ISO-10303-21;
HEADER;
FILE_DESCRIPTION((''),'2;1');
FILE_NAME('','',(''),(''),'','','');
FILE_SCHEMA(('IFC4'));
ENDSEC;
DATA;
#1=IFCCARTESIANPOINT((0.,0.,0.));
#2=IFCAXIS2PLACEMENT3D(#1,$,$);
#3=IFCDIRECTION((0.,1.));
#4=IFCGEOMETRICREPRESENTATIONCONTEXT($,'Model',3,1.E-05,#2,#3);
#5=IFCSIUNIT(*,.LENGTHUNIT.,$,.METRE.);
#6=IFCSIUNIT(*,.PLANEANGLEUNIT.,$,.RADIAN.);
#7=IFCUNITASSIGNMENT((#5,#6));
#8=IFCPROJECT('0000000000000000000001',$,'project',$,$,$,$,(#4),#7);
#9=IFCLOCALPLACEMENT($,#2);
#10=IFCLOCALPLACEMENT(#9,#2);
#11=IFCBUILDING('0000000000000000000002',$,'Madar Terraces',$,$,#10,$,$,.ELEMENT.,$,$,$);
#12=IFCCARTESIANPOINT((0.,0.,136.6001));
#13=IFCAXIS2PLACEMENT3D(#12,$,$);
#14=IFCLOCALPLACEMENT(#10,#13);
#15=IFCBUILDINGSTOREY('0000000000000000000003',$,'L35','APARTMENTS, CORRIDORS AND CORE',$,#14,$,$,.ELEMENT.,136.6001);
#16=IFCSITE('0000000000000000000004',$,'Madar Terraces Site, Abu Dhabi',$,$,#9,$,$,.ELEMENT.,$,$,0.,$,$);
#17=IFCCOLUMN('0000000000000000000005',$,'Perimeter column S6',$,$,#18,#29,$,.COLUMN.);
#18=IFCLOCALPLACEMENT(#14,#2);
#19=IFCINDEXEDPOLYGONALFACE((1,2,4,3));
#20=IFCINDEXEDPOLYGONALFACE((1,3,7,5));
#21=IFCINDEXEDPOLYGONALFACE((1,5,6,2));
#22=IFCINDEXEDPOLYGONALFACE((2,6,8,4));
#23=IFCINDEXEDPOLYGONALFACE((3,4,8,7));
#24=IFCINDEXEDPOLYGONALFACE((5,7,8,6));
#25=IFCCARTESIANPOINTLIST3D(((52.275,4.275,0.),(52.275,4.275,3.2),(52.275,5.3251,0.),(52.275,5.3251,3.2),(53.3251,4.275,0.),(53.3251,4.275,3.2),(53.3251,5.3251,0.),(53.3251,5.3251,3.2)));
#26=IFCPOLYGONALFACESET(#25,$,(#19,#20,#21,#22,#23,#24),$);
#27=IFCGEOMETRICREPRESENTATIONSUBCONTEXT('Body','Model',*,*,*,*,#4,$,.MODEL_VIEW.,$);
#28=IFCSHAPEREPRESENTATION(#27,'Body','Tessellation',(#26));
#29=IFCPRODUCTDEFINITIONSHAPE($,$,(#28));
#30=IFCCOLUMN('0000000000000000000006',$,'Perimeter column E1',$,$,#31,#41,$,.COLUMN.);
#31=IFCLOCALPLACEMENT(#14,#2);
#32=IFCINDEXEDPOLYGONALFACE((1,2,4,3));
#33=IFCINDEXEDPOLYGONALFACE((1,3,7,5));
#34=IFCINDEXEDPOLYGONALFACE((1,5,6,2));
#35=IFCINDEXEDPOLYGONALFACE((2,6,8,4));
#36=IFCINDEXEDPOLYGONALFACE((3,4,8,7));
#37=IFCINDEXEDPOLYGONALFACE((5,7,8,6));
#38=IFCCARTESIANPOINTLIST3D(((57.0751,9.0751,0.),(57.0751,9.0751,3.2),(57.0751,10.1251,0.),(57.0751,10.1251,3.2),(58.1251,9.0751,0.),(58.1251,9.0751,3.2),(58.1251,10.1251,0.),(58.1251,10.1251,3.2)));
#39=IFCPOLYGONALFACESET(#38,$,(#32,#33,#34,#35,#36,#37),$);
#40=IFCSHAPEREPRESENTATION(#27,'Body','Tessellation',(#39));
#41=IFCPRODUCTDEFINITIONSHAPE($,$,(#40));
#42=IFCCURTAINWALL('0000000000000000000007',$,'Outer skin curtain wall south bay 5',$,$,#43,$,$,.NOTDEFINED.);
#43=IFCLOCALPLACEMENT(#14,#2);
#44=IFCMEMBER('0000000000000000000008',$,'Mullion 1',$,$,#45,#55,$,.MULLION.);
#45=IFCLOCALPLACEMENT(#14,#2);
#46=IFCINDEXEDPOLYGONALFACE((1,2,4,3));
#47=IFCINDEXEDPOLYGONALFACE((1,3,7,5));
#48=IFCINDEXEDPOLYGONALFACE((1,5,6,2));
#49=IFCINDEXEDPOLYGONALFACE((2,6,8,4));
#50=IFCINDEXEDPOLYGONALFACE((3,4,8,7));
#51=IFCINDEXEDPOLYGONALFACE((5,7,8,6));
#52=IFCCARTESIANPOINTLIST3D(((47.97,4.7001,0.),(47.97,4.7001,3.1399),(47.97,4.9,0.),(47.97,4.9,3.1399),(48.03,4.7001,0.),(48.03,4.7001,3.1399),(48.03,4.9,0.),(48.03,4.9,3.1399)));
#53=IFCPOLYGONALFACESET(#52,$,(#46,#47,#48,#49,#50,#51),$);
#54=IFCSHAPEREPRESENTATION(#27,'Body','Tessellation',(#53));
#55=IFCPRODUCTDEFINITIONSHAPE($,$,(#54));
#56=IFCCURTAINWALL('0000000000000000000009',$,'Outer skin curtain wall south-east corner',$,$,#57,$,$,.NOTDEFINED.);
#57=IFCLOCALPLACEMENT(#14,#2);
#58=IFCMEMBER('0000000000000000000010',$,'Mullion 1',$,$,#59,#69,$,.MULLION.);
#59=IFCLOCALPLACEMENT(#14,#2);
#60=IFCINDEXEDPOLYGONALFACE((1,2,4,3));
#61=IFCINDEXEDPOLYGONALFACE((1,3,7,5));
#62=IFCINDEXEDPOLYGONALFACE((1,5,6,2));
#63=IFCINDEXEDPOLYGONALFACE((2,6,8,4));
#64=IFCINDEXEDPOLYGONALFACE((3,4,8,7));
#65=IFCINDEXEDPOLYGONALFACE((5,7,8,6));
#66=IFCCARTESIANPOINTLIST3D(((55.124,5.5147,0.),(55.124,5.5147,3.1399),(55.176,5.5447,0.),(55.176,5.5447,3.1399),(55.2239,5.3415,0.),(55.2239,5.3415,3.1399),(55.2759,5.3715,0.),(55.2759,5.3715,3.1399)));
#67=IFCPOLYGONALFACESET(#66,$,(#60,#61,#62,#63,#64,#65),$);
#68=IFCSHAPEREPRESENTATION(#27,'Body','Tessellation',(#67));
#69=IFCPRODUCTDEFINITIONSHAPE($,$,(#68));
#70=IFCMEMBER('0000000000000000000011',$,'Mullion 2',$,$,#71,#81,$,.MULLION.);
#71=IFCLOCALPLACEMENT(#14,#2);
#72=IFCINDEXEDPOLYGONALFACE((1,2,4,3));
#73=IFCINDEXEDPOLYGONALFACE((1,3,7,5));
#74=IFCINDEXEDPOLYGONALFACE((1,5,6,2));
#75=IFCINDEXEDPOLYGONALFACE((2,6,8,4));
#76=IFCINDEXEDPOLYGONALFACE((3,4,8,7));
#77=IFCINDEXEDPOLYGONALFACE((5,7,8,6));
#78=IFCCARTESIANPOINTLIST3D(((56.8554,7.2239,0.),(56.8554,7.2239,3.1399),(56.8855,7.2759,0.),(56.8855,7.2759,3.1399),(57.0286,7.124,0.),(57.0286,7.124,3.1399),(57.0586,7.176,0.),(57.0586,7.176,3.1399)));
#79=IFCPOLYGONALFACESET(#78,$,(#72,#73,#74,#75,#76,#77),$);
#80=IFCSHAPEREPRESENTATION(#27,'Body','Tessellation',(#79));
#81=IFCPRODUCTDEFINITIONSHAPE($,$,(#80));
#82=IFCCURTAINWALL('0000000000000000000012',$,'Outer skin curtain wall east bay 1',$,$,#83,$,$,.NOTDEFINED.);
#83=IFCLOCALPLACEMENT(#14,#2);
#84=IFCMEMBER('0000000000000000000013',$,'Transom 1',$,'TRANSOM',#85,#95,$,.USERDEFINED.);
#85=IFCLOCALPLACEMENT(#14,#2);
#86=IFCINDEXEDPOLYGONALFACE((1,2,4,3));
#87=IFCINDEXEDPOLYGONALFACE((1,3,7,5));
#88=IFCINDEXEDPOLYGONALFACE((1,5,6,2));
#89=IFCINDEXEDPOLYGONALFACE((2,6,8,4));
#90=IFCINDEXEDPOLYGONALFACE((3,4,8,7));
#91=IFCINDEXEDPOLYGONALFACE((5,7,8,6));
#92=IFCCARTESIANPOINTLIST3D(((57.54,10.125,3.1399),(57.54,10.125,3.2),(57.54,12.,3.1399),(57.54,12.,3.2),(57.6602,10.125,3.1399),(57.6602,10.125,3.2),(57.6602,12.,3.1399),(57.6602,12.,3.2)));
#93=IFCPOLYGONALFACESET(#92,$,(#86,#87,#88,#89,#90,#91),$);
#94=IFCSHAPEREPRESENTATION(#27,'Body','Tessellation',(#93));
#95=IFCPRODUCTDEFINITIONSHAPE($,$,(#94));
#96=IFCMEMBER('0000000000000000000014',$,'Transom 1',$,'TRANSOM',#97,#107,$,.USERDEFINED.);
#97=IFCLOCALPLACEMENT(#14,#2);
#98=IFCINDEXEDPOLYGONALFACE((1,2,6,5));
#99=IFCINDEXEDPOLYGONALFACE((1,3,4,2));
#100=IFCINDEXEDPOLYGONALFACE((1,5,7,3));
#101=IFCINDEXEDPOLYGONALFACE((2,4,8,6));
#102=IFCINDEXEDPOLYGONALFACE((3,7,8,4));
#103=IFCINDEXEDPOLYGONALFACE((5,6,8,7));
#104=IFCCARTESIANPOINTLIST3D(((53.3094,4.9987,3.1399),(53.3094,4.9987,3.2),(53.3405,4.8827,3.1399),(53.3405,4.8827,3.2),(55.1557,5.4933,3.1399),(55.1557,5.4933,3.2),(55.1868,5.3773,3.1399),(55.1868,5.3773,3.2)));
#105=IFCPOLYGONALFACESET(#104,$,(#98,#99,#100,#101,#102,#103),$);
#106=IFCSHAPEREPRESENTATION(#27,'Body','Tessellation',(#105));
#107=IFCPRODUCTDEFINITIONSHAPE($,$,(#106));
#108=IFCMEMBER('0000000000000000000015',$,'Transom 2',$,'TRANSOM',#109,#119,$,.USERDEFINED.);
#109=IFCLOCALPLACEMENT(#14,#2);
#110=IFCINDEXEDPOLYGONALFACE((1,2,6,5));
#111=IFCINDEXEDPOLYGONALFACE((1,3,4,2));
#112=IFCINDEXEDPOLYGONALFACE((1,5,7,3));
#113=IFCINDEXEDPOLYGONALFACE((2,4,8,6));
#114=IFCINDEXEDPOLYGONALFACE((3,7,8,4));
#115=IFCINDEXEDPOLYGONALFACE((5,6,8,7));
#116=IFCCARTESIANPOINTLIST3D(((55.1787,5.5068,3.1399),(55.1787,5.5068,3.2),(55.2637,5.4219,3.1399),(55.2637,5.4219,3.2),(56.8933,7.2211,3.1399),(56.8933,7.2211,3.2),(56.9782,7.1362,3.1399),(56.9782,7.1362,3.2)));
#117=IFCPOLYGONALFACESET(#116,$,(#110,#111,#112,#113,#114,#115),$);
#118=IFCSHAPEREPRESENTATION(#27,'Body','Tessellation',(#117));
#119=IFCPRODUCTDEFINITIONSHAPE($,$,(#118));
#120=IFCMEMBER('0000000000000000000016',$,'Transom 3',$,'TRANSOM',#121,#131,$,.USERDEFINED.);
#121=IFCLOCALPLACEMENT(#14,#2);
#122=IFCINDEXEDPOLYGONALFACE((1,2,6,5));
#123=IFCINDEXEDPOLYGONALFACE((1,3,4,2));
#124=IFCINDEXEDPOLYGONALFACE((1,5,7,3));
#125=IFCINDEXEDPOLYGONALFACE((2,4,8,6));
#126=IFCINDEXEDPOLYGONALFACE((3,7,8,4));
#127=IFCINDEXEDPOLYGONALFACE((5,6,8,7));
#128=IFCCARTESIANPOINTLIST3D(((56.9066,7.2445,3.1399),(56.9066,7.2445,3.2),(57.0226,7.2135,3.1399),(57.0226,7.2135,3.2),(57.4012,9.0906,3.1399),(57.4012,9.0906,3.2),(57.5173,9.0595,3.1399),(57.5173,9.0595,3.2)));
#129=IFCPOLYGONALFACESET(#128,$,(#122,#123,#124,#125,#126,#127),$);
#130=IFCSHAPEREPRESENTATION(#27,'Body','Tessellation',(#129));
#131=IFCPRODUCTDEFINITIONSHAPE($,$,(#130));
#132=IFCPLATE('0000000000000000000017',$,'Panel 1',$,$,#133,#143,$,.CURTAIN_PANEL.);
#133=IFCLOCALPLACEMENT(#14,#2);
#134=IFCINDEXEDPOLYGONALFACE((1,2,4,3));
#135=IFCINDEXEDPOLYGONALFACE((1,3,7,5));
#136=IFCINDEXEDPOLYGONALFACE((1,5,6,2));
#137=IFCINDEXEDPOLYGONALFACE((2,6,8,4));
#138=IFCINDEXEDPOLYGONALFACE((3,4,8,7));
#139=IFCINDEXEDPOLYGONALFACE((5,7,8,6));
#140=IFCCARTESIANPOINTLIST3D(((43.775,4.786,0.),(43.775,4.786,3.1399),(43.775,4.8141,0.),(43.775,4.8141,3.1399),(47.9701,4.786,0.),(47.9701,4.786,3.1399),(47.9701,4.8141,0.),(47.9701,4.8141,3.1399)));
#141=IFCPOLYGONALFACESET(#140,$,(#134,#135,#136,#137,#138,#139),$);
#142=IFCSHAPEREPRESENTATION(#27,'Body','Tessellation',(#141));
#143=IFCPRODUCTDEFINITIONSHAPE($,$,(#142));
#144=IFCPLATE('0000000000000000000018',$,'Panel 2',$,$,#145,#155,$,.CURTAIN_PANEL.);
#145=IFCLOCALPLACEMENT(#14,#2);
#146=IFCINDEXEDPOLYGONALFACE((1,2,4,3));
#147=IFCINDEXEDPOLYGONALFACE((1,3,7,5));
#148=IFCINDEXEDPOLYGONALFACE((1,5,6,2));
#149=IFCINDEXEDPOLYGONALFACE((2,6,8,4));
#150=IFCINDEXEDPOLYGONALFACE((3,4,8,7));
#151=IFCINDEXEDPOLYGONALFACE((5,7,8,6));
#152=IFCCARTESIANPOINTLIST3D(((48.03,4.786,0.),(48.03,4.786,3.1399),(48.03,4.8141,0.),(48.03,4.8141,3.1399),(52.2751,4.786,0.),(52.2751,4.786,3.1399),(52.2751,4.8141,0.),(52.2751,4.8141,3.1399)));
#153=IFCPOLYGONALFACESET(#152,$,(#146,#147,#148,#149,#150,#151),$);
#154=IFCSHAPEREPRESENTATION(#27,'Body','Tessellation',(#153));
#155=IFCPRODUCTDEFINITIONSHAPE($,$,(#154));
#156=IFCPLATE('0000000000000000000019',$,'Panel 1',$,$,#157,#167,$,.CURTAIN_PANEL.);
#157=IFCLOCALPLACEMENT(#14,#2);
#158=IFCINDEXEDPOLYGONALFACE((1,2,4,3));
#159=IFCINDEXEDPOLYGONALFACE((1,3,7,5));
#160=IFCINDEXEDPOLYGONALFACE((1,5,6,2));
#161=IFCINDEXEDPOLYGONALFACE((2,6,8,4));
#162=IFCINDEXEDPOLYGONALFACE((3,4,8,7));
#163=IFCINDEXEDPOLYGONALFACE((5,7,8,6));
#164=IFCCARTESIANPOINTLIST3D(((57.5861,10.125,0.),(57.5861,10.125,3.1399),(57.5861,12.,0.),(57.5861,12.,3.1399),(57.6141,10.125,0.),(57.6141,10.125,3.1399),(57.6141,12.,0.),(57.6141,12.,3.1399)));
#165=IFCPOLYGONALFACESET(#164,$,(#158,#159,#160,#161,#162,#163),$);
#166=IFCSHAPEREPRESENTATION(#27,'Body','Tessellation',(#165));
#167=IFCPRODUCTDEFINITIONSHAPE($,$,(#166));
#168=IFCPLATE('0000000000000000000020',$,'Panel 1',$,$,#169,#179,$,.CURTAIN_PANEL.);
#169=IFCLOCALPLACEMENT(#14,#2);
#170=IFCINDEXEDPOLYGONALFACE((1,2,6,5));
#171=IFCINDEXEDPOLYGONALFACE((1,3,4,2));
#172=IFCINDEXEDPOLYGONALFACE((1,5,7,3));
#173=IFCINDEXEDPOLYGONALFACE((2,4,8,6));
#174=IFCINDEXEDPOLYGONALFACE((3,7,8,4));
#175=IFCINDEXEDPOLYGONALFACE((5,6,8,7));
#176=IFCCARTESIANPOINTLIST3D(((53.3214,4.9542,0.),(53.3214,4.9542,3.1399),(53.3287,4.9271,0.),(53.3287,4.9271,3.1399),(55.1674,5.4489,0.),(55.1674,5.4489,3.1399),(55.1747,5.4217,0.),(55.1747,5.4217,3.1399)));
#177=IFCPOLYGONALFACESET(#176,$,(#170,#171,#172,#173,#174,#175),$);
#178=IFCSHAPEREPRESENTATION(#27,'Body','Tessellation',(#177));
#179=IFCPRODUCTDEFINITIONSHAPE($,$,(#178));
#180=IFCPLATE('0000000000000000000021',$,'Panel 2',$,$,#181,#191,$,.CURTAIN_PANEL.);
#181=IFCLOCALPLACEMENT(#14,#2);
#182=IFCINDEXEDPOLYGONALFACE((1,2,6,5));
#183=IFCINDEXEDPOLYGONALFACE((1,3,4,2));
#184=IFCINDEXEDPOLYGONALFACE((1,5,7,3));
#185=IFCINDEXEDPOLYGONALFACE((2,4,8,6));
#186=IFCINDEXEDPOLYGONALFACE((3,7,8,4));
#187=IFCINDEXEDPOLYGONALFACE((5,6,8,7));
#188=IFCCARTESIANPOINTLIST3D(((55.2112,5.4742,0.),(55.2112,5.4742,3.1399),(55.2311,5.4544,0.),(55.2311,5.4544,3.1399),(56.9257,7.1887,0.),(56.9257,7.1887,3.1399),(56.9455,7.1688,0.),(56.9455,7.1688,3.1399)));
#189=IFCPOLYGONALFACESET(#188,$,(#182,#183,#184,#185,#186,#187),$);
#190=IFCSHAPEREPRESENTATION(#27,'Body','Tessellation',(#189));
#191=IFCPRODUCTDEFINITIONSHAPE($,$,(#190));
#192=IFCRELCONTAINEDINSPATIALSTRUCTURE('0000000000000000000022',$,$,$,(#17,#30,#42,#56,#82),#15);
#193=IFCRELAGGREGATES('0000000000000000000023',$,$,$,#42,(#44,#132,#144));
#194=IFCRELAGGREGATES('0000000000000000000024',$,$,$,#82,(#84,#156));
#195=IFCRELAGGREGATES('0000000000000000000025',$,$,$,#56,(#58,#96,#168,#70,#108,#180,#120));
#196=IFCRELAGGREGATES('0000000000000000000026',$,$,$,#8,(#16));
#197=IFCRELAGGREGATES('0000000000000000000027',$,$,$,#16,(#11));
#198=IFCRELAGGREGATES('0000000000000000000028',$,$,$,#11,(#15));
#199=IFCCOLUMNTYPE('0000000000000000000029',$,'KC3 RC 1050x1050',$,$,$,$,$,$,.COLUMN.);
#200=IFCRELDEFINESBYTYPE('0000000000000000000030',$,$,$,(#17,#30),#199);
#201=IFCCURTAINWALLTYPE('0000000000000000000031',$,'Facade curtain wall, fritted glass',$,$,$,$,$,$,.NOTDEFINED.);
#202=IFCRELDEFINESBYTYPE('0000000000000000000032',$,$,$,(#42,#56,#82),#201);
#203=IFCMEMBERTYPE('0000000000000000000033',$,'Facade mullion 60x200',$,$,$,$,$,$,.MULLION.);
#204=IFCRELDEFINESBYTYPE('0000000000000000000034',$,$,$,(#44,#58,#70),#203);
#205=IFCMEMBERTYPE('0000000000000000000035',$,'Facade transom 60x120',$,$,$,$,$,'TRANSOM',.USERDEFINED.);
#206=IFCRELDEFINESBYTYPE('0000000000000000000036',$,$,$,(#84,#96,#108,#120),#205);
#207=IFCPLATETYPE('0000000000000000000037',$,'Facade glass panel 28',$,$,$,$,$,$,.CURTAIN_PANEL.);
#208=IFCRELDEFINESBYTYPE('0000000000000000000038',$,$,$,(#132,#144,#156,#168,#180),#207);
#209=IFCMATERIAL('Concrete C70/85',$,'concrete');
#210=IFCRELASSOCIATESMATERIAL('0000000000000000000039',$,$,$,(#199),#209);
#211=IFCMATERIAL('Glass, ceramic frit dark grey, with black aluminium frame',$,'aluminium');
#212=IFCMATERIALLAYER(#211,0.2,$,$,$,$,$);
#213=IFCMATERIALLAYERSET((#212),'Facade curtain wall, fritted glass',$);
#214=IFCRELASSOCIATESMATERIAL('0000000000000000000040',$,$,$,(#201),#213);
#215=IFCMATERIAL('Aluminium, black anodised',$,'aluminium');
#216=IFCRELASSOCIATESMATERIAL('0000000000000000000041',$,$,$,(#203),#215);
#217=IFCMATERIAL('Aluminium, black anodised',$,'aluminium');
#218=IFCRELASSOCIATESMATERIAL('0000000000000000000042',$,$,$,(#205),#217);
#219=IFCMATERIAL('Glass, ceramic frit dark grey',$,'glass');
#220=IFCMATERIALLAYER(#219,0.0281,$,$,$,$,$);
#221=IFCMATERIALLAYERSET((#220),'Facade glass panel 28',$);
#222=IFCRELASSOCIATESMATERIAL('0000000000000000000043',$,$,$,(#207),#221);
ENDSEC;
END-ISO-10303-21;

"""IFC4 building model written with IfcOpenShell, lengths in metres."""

from ifc_helpers import new_model, si_unit, direction, frame, origin, origin_2d, place, context, subcontext, project, spatial, rectangle, extrude, material, layer, layer_set, material_profile, profile_set, type_object, element, aggregate, save


model = new_model("IFC4")

# Units and contexts
model_context = context("Model", 3, precision=1e-05, world=origin(), true_north=direction((0.0, 1.0)))
body_context = subcontext(model_context, "Body", "Model", "MODEL_VIEW")
ifc_project = project(units=[si_unit("LENGTHUNIT", "METRE"), si_unit("PLANEANGLEUNIT", "RADIAN")], contexts=[model_context])

# Site, building, storey
site_placement = place(None, origin())
site = spatial("IfcSite", under=ifc_project, at=site_placement, Name="Madar Terraces Site, Abu Dhabi", CompositionType="ELEMENT", RefElevation=0.0)
building_placement = place(site_placement, origin())
building = spatial("IfcBuilding", under=site, at=building_placement, Name="Madar Terraces", CompositionType="ELEMENT")
storey_placement = place(building_placement, frame((0.0, 0.0, 136.6001)))
storey = spatial("IfcBuildingStorey", under=building, at=storey_placement, Name="L35", Description="APARTMENTS, CORRIDORS AND CORE", CompositionType="ELEMENT", Elevation=136.6001)

# Columns
ifc_material_1 = material(Name="Concrete C70/85", Category="concrete")
ifc_material_profile_1 = material_profile(ifc_material_1, rectangle(XDim=1.05, YDim=1.05, at=origin_2d()), Name="KC3 RC 1050x1050")
ifc_profile_set_1 = profile_set([ifc_material_profile_1], Name="Concrete C70/85")
column_type = type_object("IfcColumnType", Name="KC3 RC 1050x1050", PredefinedType="COLUMN", material=ifc_profile_set_1)
for number, where, z_axis, x_axis, name in (
    (1, (52.8, 4.8, 0.0), (0.0, 0.0, 1.0), (1.0, 0.0, 0.0), "Perimeter column S6"),
    (2, (57.6001, 9.6001, 0.0), (0.0, 0.0, 1.0), (1.0, 0.0, 0.0), "Perimeter column E1"),
):
    element("IfcColumn", number, at=place(storey_placement, frame(where, z_axis=z_axis, x_axis=x_axis)), inside=storey, type_object=column_type, Name=name, PredefinedType="COLUMN", context=body_context, shape_type="SweptSolid", body=[
        extrude(rectangle(XDim=1.05, YDim=1.05, at=origin_2d()), origin(), (0.0, 0.0, 1.0), 3.2),
    ])

# Curtain wall, member
ifc_material_2 = material(Name="Glass, ceramic frit dark grey, with black aluminium frame", Category="aluminium")
ifc_layer_1 = layer(ifc_material_2, 0.2)
ifc_layer_set_1 = layer_set([ifc_layer_1], Name="Facade curtain wall, fritted glass")
curtain_wall_type = type_object("IfcCurtainWallType", Name="Facade curtain wall, fritted glass", PredefinedType="NOTDEFINED", material=ifc_layer_set_1)
curtain_wall_1_placement = place(storey_placement, origin())
curtain_wall_1 = element("IfcCurtainWall", 3, at=curtain_wall_1_placement, inside=storey, type_object=curtain_wall_type, Name="Outer skin curtain wall south bay 5", PredefinedType="NOTDEFINED")
ifc_material_3 = material(Name="Aluminium, black anodised", Category="aluminium")
ifc_material_profile_2 = material_profile(ifc_material_3, rectangle(XDim=0.2, YDim=0.0601, at=origin_2d()), Name="Facade mullion 60x200")
ifc_profile_set_2 = profile_set([ifc_material_profile_2], Name="Aluminium, black anodised")
member_type_1 = type_object("IfcMemberType", Name="Facade mullion 60x200", PredefinedType="MULLION", material=ifc_profile_set_2)
member_1_placement = place(storey_placement, frame((48.0, 4.8, 0.0), z_axis=(0.0, 0.0, 1.0), x_axis=(0.0, 1.0, 0.0)))
member_1 = element("IfcMember", 4, at=member_1_placement, type_object=member_type_1, Name="Mullion 1", PredefinedType="MULLION", context=body_context, shape_type="SweptSolid", body=[
    extrude(rectangle(XDim=0.2, YDim=0.0601, at=origin_2d()), origin(), (0.0, 0.0, 1.0), 3.1399),
])

# Curtain wall, members
curtain_wall_2_placement = place(storey_placement, origin())
curtain_wall_2 = element("IfcCurtainWall", 5, at=curtain_wall_2_placement, inside=storey, type_object=curtain_wall_type, Name="Outer skin curtain wall south-east corner", PredefinedType="NOTDEFINED")
member_2_placement = place(storey_placement, frame((55.2, 5.4431, 0.0), z_axis=(0.0, 0.0, 1.0), x_axis=(-0.5, 0.866025, 0.0)))
member_2 = element("IfcMember", 6, at=member_2_placement, type_object=member_type_1, Name="Mullion 1", PredefinedType="MULLION", context=body_context, shape_type="SweptSolid", body=[
    extrude(rectangle(XDim=0.2, YDim=0.0601, at=origin_2d()), origin(), (0.0, 0.0, 1.0), 3.1399),
])
member_3_placement = place(storey_placement, frame((56.957, 7.2, 0.0), z_axis=(0.0, 0.0, 1.0), x_axis=(-0.866025, 0.5, 0.0)))
member_3 = element("IfcMember", 7, at=member_3_placement, type_object=member_type_1, Name="Mullion 2", PredefinedType="MULLION", context=body_context, shape_type="SweptSolid", body=[
    extrude(rectangle(XDim=0.2, YDim=0.0601, at=origin_2d()), origin(), (0.0, 0.0, 1.0), 3.1399),
])

# Curtain wall, member
curtain_wall_3_placement = place(storey_placement, origin())
curtain_wall_3 = element("IfcCurtainWall", 8, at=curtain_wall_3_placement, inside=storey, type_object=curtain_wall_type, Name="Outer skin curtain wall east bay 1", PredefinedType="NOTDEFINED")
ifc_material_4 = material(Name="Aluminium, black anodised", Category="aluminium")
ifc_material_profile_3 = material_profile(ifc_material_4, rectangle(XDim=0.1201, YDim=0.0601, at=origin_2d()), Name="Facade transom 60x120")
ifc_profile_set_3 = profile_set([ifc_material_profile_3], Name="Aluminium, black anodised")
member_type_2 = type_object("IfcMemberType", Name="Facade transom 60x120", ElementType="TRANSOM", PredefinedType="USERDEFINED", material=ifc_profile_set_3)
member_4_placement = place(storey_placement, frame((57.6001, 10.125, 3.1699), z_axis=(0.0, 1.0, 0.0), x_axis=(-1.0, 0.0, 0.0)))
member_4 = element("IfcMember", 9, at=member_4_placement, type_object=member_type_2, Name="Transom 1", ObjectType="TRANSOM", PredefinedType="USERDEFINED", context=body_context, shape_type="SweptSolid", body=[
    extrude(rectangle(XDim=0.1201, YDim=0.0601, at=origin_2d()), origin(), (0.0, 0.0, 1.0), 1.875),
])

# Members
member_5_placement = place(storey_placement, frame((53.325, 4.9407, 3.1699), z_axis=(0.965933, 0.258791, 0.0), x_axis=(-0.258791, 0.965933, 0.0)))
member_5 = element("IfcMember", 10, at=member_5_placement, type_object=member_type_2, Name="Transom 1", ObjectType="TRANSOM", PredefinedType="USERDEFINED", context=body_context, shape_type="SweptSolid", body=[
    extrude(rectangle(XDim=0.1201, YDim=0.0601, at=origin_2d()), origin(), (0.0, 0.0, 1.0), 1.9114),
])
member_6_placement = place(storey_placement, frame((55.2212, 5.4644, 3.1699), z_axis=(0.707157, 0.707056, 0.0), x_axis=(-0.707056, 0.707157, 0.0)))
member_6 = element("IfcMember", 11, at=member_6_placement, type_object=member_type_2, Name="Transom 2", ObjectType="TRANSOM", PredefinedType="USERDEFINED", context=body_context, shape_type="SweptSolid", body=[
    extrude(rectangle(XDim=0.1201, YDim=0.0601, at=origin_2d()), origin(), (0.0, 0.0, 1.0), 2.4246),
])
member_7_placement = place(storey_placement, frame((56.9646, 7.229, 3.1699), z_axis=(0.258823, 0.965925, 0.0), x_axis=(-0.965925, 0.258823, 0.0)))
member_7 = element("IfcMember", 12, at=member_7_placement, type_object=member_type_2, Name="Transom 3", ObjectType="TRANSOM", PredefinedType="USERDEFINED", context=body_context, shape_type="SweptSolid", body=[
    extrude(rectangle(XDim=0.1201, YDim=0.0601, at=origin_2d()), origin(), (0.0, 0.0, 1.0), 1.9111),
])

# Plates
ifc_material_5 = material(Name="Glass, ceramic frit dark grey", Category="glass")
ifc_layer_2 = layer(ifc_material_5, 0.0281)
ifc_layer_set_2 = layer_set([ifc_layer_2], Name="Facade glass panel 28")
plate_type = type_object("IfcPlateType", Name="Facade glass panel 28", PredefinedType="CURTAIN_PANEL", material=ifc_layer_set_2)
plate_1_placement = place(storey_placement, frame((45.8726, 4.8, 0.0), z_axis=(0.0, 0.0, 1.0), x_axis=(1.0, 0.0, 0.0)))
plate_1 = element("IfcPlate", 13, at=plate_1_placement, type_object=plate_type, Name="Panel 1", PredefinedType="CURTAIN_PANEL", context=body_context, shape_type="SweptSolid", body=[
    extrude(rectangle(XDim=4.1951, YDim=0.0281, at=origin_2d()), origin(), (0.0, 0.0, 1.0), 3.1399),
])
plate_2_placement = place(storey_placement, frame((50.1526, 4.8, 0.0), z_axis=(0.0, 0.0, 1.0), x_axis=(1.0, 0.0, 0.0)))
plate_2 = element("IfcPlate", 14, at=plate_2_placement, type_object=plate_type, Name="Panel 2", PredefinedType="CURTAIN_PANEL", context=body_context, shape_type="SweptSolid", body=[
    extrude(rectangle(XDim=4.2451, YDim=0.0281, at=origin_2d()), origin(), (0.0, 0.0, 1.0), 3.1399),
])
aggregate(curtain_wall_1, [member_1, plate_1, plate_2])
plate_3_placement = place(storey_placement, frame((57.6001, 11.0625, 0.0), z_axis=(0.0, 0.0, 1.0), x_axis=(0.0, 1.0, 0.0)))
plate_3 = element("IfcPlate", 15, at=plate_3_placement, type_object=plate_type, Name="Panel 1", PredefinedType="CURTAIN_PANEL", context=body_context, shape_type="SweptSolid", body=[
    extrude(rectangle(XDim=1.875, YDim=0.0281, at=origin_2d()), origin(), (0.0, 0.0, 1.0), 3.1399),
])
aggregate(curtain_wall_3, [member_4, plate_3])
plate_4_placement = place(storey_placement, frame((54.248, 5.188, 0.0), z_axis=(0.0, 0.0, 1.0), x_axis=(0.965926, 0.258819, 0.0)))
plate_4 = element("IfcPlate", 16, at=plate_4_placement, type_object=plate_type, Name="Panel 1", PredefinedType="CURTAIN_PANEL", context=body_context, shape_type="SweptSolid", body=[
    extrude(rectangle(XDim=1.9111, YDim=0.0281, at=origin_2d()), origin(), (0.0, 0.0, 1.0), 3.1399),
])
plate_5_placement = place(storey_placement, frame((56.0784, 6.3215, 0.0), z_axis=(0.0, 0.0, 1.0), x_axis=(0.707107, 0.707107, 0.0)))
plate_5 = element("IfcPlate", 17, at=plate_5_placement, type_object=plate_type, Name="Panel 2", PredefinedType="CURTAIN_PANEL", context=body_context, shape_type="SweptSolid", body=[
    extrude(rectangle(XDim=2.4246, YDim=0.0281, at=origin_2d()), origin(), (0.0, 0.0, 1.0), 3.1399),
])
aggregate(curtain_wall_2, [member_2, member_5, plate_4, member_3, member_6, plate_5, member_7])

save(model, "model.ifc")
